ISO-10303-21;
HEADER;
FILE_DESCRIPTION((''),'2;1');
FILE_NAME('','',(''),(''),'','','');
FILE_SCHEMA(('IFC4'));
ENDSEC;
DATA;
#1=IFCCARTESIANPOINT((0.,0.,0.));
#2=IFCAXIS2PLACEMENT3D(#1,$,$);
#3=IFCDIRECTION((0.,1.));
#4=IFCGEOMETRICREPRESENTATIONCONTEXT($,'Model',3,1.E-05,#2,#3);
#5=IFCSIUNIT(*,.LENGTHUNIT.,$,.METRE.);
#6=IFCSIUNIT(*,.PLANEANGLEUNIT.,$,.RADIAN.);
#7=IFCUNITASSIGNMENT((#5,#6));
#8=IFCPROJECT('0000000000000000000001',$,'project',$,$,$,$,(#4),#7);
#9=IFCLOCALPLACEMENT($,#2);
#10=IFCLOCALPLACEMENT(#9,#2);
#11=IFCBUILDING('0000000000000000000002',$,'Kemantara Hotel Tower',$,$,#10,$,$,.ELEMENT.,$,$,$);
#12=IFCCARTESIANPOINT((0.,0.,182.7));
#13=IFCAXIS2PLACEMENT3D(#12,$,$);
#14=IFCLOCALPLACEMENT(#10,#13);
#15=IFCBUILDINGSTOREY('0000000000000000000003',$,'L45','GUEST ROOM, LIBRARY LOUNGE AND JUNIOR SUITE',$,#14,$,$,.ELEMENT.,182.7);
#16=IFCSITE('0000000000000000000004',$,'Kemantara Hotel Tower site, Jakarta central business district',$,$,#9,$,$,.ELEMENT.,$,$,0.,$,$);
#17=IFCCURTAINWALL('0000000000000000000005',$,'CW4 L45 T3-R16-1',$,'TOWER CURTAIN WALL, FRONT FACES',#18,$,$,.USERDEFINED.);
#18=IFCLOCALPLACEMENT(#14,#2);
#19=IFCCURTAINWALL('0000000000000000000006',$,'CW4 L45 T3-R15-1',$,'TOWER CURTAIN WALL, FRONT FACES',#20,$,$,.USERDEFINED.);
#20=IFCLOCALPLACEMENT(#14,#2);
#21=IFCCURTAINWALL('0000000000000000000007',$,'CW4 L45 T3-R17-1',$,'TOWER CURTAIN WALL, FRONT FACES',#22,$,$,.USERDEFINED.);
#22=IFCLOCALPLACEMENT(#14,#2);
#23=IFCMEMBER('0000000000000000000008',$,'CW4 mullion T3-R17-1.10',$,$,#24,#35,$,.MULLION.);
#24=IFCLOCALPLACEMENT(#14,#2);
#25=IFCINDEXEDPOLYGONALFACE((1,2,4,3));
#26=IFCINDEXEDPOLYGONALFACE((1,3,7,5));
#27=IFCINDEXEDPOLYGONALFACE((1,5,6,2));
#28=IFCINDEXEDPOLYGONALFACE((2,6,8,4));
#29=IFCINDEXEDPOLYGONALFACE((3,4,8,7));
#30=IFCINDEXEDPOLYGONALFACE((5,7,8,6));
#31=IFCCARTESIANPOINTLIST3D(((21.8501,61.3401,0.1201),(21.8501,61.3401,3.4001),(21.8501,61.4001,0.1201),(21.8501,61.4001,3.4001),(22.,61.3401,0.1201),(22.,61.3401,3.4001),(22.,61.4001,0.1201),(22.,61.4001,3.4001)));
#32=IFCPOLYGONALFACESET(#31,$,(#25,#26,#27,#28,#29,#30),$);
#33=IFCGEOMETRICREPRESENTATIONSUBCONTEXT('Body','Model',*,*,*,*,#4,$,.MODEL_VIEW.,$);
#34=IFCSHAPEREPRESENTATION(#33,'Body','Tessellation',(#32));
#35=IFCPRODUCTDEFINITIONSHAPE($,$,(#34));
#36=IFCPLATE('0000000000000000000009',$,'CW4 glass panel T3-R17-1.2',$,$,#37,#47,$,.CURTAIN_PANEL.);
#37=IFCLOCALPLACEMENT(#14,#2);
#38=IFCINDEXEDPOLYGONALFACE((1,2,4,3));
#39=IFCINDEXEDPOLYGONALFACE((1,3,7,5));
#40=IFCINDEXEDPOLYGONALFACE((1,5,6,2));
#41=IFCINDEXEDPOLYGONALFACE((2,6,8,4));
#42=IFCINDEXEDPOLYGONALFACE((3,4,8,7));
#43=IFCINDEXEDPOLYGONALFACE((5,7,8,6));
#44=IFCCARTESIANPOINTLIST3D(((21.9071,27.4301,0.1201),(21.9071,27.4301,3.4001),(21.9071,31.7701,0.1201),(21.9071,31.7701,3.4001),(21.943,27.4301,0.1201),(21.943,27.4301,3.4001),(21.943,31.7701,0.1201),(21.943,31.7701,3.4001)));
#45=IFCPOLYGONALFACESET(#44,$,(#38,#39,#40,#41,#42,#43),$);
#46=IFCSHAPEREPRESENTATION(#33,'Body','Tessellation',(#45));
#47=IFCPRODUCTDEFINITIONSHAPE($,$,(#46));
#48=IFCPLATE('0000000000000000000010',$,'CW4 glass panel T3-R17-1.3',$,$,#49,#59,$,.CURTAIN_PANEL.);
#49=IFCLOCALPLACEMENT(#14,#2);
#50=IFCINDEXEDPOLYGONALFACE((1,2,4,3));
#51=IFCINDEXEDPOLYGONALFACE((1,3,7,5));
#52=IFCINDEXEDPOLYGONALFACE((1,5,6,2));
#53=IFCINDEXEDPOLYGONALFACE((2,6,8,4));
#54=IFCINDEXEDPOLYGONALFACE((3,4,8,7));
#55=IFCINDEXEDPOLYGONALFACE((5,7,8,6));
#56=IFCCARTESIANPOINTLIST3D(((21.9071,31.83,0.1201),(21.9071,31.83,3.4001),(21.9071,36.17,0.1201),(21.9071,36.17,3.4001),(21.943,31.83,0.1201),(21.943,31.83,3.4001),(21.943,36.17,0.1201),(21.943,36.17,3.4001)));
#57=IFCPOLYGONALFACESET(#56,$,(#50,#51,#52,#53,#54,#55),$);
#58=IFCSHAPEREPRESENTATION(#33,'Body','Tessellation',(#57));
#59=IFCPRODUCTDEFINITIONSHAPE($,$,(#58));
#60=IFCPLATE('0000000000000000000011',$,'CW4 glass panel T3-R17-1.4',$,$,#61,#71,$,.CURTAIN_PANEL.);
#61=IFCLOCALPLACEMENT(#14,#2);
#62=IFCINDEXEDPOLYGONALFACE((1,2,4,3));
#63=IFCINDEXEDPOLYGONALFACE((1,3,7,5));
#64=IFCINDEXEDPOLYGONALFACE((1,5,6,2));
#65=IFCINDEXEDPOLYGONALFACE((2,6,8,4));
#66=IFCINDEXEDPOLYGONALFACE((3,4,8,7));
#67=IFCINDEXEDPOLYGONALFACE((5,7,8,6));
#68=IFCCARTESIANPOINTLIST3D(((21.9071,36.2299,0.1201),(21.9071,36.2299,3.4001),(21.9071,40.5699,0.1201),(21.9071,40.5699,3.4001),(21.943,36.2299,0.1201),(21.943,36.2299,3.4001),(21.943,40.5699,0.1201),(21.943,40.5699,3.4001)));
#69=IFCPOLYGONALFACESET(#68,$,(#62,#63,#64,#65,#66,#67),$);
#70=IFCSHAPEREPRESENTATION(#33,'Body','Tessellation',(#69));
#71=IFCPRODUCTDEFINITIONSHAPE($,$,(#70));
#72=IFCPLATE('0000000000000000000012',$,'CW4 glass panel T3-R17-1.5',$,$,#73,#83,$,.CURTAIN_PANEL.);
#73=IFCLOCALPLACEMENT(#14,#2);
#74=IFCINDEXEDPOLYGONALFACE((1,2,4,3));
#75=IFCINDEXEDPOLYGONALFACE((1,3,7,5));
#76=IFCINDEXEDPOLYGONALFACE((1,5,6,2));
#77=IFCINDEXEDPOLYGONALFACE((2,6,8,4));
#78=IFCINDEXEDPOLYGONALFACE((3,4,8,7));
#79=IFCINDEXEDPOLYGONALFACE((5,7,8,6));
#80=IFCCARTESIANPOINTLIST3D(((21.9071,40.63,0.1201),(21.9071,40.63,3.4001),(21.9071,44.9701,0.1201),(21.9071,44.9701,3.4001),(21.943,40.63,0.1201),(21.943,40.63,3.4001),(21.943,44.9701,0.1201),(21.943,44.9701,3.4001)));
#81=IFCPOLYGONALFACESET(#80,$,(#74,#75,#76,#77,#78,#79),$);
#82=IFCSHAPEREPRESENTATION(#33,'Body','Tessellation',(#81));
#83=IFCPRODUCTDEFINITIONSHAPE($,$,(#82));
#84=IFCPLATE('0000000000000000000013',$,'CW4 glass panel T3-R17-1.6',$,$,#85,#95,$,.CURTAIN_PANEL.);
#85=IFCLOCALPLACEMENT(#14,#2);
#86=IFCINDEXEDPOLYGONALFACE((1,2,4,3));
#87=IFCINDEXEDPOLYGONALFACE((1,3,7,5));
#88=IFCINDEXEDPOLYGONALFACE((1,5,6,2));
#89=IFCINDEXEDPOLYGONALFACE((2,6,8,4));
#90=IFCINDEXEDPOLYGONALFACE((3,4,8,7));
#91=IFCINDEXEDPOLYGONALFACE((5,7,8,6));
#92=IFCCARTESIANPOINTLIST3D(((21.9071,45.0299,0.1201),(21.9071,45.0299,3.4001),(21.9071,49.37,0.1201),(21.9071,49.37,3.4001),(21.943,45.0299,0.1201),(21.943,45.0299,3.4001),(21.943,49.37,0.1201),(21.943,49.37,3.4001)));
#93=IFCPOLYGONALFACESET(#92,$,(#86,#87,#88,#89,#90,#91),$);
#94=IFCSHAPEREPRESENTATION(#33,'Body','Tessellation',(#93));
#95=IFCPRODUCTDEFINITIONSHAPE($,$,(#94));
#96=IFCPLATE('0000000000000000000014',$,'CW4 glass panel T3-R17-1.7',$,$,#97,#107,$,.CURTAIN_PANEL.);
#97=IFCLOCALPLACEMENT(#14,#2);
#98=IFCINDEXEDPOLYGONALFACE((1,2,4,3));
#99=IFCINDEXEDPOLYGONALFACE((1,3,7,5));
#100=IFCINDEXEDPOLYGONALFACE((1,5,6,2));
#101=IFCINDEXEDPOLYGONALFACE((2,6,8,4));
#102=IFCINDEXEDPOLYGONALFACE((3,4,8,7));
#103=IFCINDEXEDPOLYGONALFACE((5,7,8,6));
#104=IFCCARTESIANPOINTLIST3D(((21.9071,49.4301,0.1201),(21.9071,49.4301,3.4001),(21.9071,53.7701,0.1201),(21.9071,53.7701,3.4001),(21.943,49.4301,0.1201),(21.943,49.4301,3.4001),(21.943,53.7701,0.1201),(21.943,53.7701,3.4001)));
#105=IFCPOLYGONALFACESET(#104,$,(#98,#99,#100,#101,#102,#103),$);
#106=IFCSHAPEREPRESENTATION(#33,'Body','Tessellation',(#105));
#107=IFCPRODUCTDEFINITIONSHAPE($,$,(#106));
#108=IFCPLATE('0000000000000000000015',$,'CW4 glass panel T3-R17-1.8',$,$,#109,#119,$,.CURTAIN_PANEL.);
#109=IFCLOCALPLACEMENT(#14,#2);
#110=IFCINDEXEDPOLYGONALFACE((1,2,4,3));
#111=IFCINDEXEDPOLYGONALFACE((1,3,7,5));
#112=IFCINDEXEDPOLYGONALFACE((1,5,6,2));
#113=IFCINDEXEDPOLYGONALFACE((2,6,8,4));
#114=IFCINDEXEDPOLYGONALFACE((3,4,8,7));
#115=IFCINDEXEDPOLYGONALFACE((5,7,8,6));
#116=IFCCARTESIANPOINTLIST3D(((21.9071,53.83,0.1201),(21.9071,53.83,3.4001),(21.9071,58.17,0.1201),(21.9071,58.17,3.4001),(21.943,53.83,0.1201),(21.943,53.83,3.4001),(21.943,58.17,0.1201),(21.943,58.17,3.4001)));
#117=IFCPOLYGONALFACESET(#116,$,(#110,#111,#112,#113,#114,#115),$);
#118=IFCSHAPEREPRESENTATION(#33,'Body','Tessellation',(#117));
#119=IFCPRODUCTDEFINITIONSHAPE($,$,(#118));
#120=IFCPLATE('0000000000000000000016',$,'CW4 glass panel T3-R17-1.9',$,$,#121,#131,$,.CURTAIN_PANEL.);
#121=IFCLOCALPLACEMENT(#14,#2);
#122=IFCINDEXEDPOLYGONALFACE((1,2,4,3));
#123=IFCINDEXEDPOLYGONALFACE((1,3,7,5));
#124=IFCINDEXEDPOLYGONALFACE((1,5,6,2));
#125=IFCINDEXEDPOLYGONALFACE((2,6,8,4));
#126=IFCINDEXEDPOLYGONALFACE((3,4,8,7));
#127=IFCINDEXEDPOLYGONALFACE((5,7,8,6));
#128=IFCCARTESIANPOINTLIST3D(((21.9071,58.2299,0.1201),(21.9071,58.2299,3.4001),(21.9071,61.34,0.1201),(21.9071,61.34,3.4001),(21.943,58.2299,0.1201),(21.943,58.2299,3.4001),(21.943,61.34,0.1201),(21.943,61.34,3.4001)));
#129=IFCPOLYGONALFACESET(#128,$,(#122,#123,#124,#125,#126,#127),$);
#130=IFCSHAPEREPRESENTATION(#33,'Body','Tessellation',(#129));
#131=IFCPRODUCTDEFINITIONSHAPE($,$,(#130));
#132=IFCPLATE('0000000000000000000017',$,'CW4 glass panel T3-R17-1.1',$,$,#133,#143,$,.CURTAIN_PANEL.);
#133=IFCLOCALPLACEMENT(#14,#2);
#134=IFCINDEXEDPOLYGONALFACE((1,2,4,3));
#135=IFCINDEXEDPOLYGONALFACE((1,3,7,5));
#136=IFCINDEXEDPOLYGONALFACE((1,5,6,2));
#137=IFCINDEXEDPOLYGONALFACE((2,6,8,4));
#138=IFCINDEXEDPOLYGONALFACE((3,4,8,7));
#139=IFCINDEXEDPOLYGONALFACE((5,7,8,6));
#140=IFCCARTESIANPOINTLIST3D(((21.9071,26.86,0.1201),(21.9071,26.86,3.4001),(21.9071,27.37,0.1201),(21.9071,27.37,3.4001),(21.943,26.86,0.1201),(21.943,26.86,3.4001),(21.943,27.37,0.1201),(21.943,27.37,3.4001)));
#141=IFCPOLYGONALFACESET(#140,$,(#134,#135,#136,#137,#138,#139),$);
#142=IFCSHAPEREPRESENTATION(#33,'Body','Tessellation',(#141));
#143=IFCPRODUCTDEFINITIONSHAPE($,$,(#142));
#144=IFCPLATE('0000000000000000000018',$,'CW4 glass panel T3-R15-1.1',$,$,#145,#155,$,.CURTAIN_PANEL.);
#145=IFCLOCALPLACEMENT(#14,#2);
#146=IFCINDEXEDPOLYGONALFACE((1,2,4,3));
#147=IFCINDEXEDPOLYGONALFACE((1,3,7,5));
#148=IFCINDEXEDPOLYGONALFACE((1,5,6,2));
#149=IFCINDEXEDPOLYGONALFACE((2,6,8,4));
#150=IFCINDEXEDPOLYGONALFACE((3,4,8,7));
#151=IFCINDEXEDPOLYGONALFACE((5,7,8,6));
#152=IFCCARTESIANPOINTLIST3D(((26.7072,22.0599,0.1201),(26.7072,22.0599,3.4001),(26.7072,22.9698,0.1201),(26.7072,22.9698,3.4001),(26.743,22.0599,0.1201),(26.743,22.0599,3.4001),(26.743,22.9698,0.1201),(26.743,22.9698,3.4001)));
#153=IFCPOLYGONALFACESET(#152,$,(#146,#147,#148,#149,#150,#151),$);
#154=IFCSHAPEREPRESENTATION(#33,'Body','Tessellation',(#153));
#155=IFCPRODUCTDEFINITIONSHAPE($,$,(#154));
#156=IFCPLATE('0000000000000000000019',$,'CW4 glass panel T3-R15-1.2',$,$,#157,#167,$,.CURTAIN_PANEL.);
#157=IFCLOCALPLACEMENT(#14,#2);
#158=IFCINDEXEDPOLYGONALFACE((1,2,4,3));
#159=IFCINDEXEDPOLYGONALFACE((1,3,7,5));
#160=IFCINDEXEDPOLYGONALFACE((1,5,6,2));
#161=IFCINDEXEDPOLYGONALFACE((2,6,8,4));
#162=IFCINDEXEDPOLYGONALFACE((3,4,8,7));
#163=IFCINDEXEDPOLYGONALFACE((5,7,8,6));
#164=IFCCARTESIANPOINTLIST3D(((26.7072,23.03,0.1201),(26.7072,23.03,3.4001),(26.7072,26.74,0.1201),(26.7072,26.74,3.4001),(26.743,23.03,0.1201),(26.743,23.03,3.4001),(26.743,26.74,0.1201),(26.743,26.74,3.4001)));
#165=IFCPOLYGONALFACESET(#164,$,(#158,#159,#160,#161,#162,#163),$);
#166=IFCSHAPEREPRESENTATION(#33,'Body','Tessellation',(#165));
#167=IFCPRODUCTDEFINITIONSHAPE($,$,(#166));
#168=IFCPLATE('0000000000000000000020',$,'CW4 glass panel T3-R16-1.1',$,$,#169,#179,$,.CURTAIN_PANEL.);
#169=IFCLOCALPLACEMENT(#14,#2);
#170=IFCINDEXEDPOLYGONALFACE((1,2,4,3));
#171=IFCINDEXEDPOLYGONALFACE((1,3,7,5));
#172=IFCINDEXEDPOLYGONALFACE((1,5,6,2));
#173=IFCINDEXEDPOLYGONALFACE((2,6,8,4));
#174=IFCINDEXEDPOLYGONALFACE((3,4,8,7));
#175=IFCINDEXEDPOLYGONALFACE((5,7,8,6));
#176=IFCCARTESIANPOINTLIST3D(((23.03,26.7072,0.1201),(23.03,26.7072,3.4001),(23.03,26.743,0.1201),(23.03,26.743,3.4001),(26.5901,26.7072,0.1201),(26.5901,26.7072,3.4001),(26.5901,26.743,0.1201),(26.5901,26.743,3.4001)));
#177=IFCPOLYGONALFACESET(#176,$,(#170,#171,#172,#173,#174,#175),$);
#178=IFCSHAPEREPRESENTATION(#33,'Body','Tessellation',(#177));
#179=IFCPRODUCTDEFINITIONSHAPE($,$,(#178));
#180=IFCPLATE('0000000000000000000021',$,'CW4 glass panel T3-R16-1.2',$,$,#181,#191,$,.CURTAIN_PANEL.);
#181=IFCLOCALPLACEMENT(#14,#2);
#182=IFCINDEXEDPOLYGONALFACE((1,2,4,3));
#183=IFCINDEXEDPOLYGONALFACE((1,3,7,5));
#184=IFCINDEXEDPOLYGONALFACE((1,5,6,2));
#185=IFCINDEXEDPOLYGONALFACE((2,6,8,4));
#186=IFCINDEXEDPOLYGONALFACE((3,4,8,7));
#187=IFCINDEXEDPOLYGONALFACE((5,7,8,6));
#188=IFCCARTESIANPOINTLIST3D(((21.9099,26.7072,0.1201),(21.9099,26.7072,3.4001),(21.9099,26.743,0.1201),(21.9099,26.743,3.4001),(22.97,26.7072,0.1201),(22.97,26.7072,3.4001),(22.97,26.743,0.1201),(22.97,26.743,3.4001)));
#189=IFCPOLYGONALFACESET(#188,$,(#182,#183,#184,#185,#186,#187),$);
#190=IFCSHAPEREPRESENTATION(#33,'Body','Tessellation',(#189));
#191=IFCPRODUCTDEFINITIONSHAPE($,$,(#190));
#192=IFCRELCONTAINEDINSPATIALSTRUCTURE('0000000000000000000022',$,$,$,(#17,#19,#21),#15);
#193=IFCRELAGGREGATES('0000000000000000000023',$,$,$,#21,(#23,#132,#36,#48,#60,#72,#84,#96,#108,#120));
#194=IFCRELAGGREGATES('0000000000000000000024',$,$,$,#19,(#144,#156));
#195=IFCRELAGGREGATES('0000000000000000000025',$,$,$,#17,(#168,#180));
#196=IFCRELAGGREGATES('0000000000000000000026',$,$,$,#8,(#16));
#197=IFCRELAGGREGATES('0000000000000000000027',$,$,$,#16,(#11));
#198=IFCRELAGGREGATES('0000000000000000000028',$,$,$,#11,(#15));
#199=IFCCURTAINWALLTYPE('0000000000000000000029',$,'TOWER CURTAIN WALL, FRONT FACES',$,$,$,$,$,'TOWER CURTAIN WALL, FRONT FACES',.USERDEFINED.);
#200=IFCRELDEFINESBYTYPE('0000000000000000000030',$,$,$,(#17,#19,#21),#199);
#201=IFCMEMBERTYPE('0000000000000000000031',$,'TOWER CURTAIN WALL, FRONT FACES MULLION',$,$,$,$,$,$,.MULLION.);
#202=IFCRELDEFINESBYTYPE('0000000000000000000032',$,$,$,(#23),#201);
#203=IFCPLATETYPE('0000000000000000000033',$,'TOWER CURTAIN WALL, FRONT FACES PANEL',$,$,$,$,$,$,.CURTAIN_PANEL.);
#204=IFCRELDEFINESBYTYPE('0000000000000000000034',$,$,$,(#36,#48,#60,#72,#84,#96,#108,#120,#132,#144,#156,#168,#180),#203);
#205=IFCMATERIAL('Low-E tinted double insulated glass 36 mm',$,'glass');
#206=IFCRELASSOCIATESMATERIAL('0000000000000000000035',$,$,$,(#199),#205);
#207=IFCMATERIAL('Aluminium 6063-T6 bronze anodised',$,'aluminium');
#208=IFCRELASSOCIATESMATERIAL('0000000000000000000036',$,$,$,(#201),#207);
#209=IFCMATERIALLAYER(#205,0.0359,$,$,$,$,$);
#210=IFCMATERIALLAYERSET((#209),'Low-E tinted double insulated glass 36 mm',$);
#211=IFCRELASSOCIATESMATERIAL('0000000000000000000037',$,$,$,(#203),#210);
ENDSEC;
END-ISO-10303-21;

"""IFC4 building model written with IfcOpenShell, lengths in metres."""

from ifc_helpers import new_model, si_unit, direction, frame, origin, origin_2d, place, context, subcontext, project, spatial, rectangle, extrude, source, transform, mapped, material, layer, layer_set, material_profile, profile_set, type_object, element, aggregate, save


model = new_model("IFC4")

# Units and contexts
model_context = context("Model", 3, precision=1e-05, world=origin(), true_north=direction((0.0, 1.0)))
body_context = subcontext(model_context, "Body", "Model", "MODEL_VIEW")
ifc_project = project(units=[si_unit("LENGTHUNIT", "METRE"), si_unit("PLANEANGLEUNIT", "RADIAN")], contexts=[model_context])

# Site, building, storey
site_placement = place(None, origin())
site = spatial("IfcSite", under=ifc_project, at=site_placement, Name="Kemantara Hotel Tower site, Jakarta central business district", CompositionType="ELEMENT", RefElevation=0.0)
building_placement = place(site_placement, origin())
building = spatial("IfcBuilding", under=site, at=building_placement, Name="Kemantara Hotel Tower", CompositionType="ELEMENT")
storey_placement = place(building_placement, frame((0.0, 0.0, 182.7)))
storey = spatial("IfcBuildingStorey", under=building, at=storey_placement, Name="L45", Description="GUEST ROOM, LIBRARY LOUNGE AND JUNIOR SUITE", CompositionType="ELEMENT", Elevation=182.7)

# Curtain wall
ifc_material_1 = material(Name="Low-E tinted double insulated glass 36 mm", Category="glass")
curtain_wall_type = type_object("IfcCurtainWallType", Name="TOWER CURTAIN WALL, FRONT FACES", ElementType="TOWER CURTAIN WALL, FRONT FACES", PredefinedType="USERDEFINED", material=ifc_material_1)
curtain_wall_1_placement = place(storey_placement, origin())
curtain_wall_1 = element("IfcCurtainWall", 1, at=curtain_wall_1_placement, inside=storey, type_object=curtain_wall_type, Name="CW4 L45 T3-R16-1", ObjectType="TOWER CURTAIN WALL, FRONT FACES", PredefinedType="USERDEFINED")
ifc_material_2 = material(Name="Aluminium 6063-T6 bronze anodised", Category="aluminium")

# Curtain wall
curtain_wall_2_placement = place(storey_placement, origin())
curtain_wall_2 = element("IfcCurtainWall", 2, at=curtain_wall_2_placement, inside=storey, type_object=curtain_wall_type, Name="CW4 L45 T3-R15-1", ObjectType="TOWER CURTAIN WALL, FRONT FACES", PredefinedType="USERDEFINED")
ifc_material_profile_1 = material_profile(ifc_material_2, rectangle(XDim=0.1499, YDim=0.0601, at=origin_2d()), Name="TOWER CURTAIN WALL, FRONT FACES MULLION")
ifc_profile_set_1 = profile_set([ifc_material_profile_1], Name="Aluminium 6063-T6 bronze anodised")
member_type_1 = type_object("IfcMemberType", Name="TOWER CURTAIN WALL, FRONT FACES MULLION", PredefinedType="MULLION", material=ifc_profile_set_1)
shared_shape_1 = source(origin(), body_context, "Body", "SweptSolid", [
    extrude(rectangle(XDim=0.1499, YDim=0.0601, at=origin_2d()), origin(), (0.0, 0.0, 1.0), 3.28),
])

# Curtain wall, member, plates
curtain_wall_3_placement = place(storey_placement, origin())
curtain_wall_3 = element("IfcCurtainWall", 3, at=curtain_wall_3_placement, inside=storey, type_object=curtain_wall_type, Name="CW4 L45 T3-R17-1", ObjectType="TOWER CURTAIN WALL, FRONT FACES", PredefinedType="USERDEFINED")
member_1_placement = place(storey_placement, frame((21.925, 61.3701, 0.1201), z_axis=(0.0, 0.0, 1.0), x_axis=(-1.0, 0.0, 0.0)))
member_1 = element("IfcMember", 4, at=member_1_placement, type_object=member_type_1, Name="CW4 mullion T3-R17-1.10", PredefinedType="MULLION", context=body_context, shape_type="MappedRepresentation", body=[
    mapped(shared_shape_1, transform((0.0, 0.0, 0.0))),
])
ifc_layer_1 = layer(ifc_material_1, 0.0359)
ifc_layer_set_1 = layer_set([ifc_layer_1], Name="Low-E tinted double insulated glass 36 mm")
plate_type = type_object("IfcPlateType", Name="TOWER CURTAIN WALL, FRONT FACES PANEL", PredefinedType="CURTAIN_PANEL", material=ifc_layer_set_1)
shared_shape_2 = source(origin(), body_context, "Body", "SweptSolid", [
    extrude(rectangle(XDim=4.3401, YDim=0.0359, at=origin_2d()), origin(), (0.0, 0.0, 1.0), 3.28),
])
plate_1_placement = place(storey_placement, frame((21.925, 29.6001, 0.1201), z_axis=(0.0, 0.0, 1.0), x_axis=(0.0, 1.0, 0.0)))
plate_1 = element("IfcPlate", 5, at=plate_1_placement, type_object=plate_type, Name="CW4 glass panel T3-R17-1.2", PredefinedType="CURTAIN_PANEL", context=body_context, shape_type="MappedRepresentation", body=[
    mapped(shared_shape_2, transform((0.0, 0.0, 0.0))),
])
plate_2_placement = place(storey_placement, frame((21.925, 34.0, 0.1201), z_axis=(0.0, 0.0, 1.0), x_axis=(0.0, 1.0, 0.0)))
plate_2 = element("IfcPlate", 6, at=plate_2_placement, type_object=plate_type, Name="CW4 glass panel T3-R17-1.3", PredefinedType="CURTAIN_PANEL", context=body_context, shape_type="MappedRepresentation", body=[
    mapped(shared_shape_2, transform((0.0, 0.0, 0.0))),
])
plate_3_placement = place(storey_placement, frame((21.925, 38.3999, 0.1201), z_axis=(0.0, 0.0, 1.0), x_axis=(0.0, 1.0, 0.0)))
plate_3 = element("IfcPlate", 7, at=plate_3_placement, type_object=plate_type, Name="CW4 glass panel T3-R17-1.4", PredefinedType="CURTAIN_PANEL", context=body_context, shape_type="MappedRepresentation", body=[
    mapped(shared_shape_2, transform((0.0, 0.0, 0.0))),
])
plate_4_placement = place(storey_placement, frame((21.925, 42.8, 0.1201), z_axis=(0.0, 0.0, 1.0), x_axis=(0.0, 1.0, 0.0)))
plate_4 = element("IfcPlate", 8, at=plate_4_placement, type_object=plate_type, Name="CW4 glass panel T3-R17-1.5", PredefinedType="CURTAIN_PANEL", context=body_context, shape_type="MappedRepresentation", body=[
    mapped(shared_shape_2, transform((0.0, 0.0, 0.0))),
])
plate_5_placement = place(storey_placement, frame((21.925, 47.2, 0.1201), z_axis=(0.0, 0.0, 1.0), x_axis=(0.0, 1.0, 0.0)))
plate_5 = element("IfcPlate", 9, at=plate_5_placement, type_object=plate_type, Name="CW4 glass panel T3-R17-1.6", PredefinedType="CURTAIN_PANEL", context=body_context, shape_type="MappedRepresentation", body=[
    mapped(shared_shape_2, transform((0.0, 0.0, 0.0))),
])
plate_6_placement = place(storey_placement, frame((21.925, 51.6001, 0.1201), z_axis=(0.0, 0.0, 1.0), x_axis=(0.0, 1.0, 0.0)))
plate_6 = element("IfcPlate", 10, at=plate_6_placement, type_object=plate_type, Name="CW4 glass panel T3-R17-1.7", PredefinedType="CURTAIN_PANEL", context=body_context, shape_type="MappedRepresentation", body=[
    mapped(shared_shape_2, transform((0.0, 0.0, 0.0))),
])
plate_7_placement = place(storey_placement, frame((21.925, 56.0, 0.1201), z_axis=(0.0, 0.0, 1.0), x_axis=(0.0, 1.0, 0.0)))
plate_7 = element("IfcPlate", 11, at=plate_7_placement, type_object=plate_type, Name="CW4 glass panel T3-R17-1.8", PredefinedType="CURTAIN_PANEL", context=body_context, shape_type="MappedRepresentation", body=[
    mapped(shared_shape_2, transform((0.0, 0.0, 0.0))),
])
shared_shape_3 = source(origin(), body_context, "Body", "SweptSolid", [
    extrude(rectangle(XDim=3.1101, YDim=0.0359, at=origin_2d()), origin(), (0.0, 0.0, 1.0), 3.28),
])
plate_8_placement = place(storey_placement, frame((21.925, 59.7849, 0.1201), z_axis=(0.0, 0.0, 1.0), x_axis=(0.0, 1.0, 0.0)))
plate_8 = element("IfcPlate", 12, at=plate_8_placement, type_object=plate_type, Name="CW4 glass panel T3-R17-1.9", PredefinedType="CURTAIN_PANEL", context=body_context, shape_type="MappedRepresentation", body=[
    mapped(shared_shape_3, transform((0.0, 0.0, 0.0))),
])
shared_shape_4 = source(origin(), body_context, "Body", "SweptSolid", [
    extrude(rectangle(XDim=0.51, YDim=0.0359, at=origin_2d()), origin(), (0.0, 0.0, 1.0), 3.28),
])
plate_9_placement = place(storey_placement, frame((21.925, 27.115, 0.1201), z_axis=(0.0, 0.0, 1.0), x_axis=(0.0, 1.0, 0.0)))
plate_9 = element("IfcPlate", 13, at=plate_9_placement, type_object=plate_type, Name="CW4 glass panel T3-R17-1.1", PredefinedType="CURTAIN_PANEL", context=body_context, shape_type="MappedRepresentation", body=[
    mapped(shared_shape_4, transform((0.0, 0.0, 0.0))),
])
aggregate(curtain_wall_3, [member_1, plate_9, plate_1, plate_2, plate_3, plate_4, plate_5, plate_6, plate_7, plate_8])

# Plates
shared_shape_5 = source(origin(), body_context, "Body", "SweptSolid", [
    extrude(rectangle(XDim=0.9099, YDim=0.0359, at=origin_2d()), origin(), (0.0, 0.0, 1.0), 3.28),
])
plate_10_placement = place(storey_placement, frame((26.7251, 22.5149, 0.1201), z_axis=(0.0, 0.0, 1.0), x_axis=(0.0, 1.0, 0.0)))
plate_10 = element("IfcPlate", 14, at=plate_10_placement, type_object=plate_type, Name="CW4 glass panel T3-R15-1.1", PredefinedType="CURTAIN_PANEL", context=body_context, shape_type="MappedRepresentation", body=[
    mapped(shared_shape_5, transform((0.0, 0.0, 0.0))),
])
shared_shape_6 = source(origin(), body_context, "Body", "SweptSolid", [
    extrude(rectangle(XDim=3.71, YDim=0.0359, at=origin_2d()), origin(), (0.0, 0.0, 1.0), 3.28),
])
plate_11_placement = place(storey_placement, frame((26.7251, 24.885, 0.1201), z_axis=(0.0, 0.0, 1.0), x_axis=(0.0, 1.0, 0.0)))
plate_11 = element("IfcPlate", 15, at=plate_11_placement, type_object=plate_type, Name="CW4 glass panel T3-R15-1.2", PredefinedType="CURTAIN_PANEL", context=body_context, shape_type="MappedRepresentation", body=[
    mapped(shared_shape_6, transform((0.0, 0.0, 0.0))),
])
aggregate(curtain_wall_2, [plate_10, plate_11])
shared_shape_7 = source(origin(), body_context, "Body", "SweptSolid", [
    extrude(rectangle(XDim=3.5601, YDim=0.0359, at=origin_2d()), origin(), (0.0, 0.0, 1.0), 3.28),
])
plate_12_placement = place(storey_placement, frame((24.8101, 26.7251, 0.1201), z_axis=(0.0, 0.0, 1.0), x_axis=(-1.0, 0.0, 0.0)))
plate_12 = element("IfcPlate", 16, at=plate_12_placement, type_object=plate_type, Name="CW4 glass panel T3-R16-1.1", PredefinedType="CURTAIN_PANEL", context=body_context, shape_type="MappedRepresentation", body=[
    mapped(shared_shape_7, transform((0.0, 0.0, 0.0))),
])
shared_shape_8 = source(origin(), body_context, "Body", "SweptSolid", [
    extrude(rectangle(XDim=1.0601, YDim=0.0359, at=origin_2d()), origin(), (0.0, 0.0, 1.0), 3.28),
])
plate_13_placement = place(storey_placement, frame((22.4399, 26.7251, 0.1201), z_axis=(0.0, 0.0, 1.0), x_axis=(-1.0, 0.0, 0.0)))
plate_13 = element("IfcPlate", 17, at=plate_13_placement, type_object=plate_type, Name="CW4 glass panel T3-R16-1.2", PredefinedType="CURTAIN_PANEL", context=body_context, shape_type="MappedRepresentation", body=[
    mapped(shared_shape_8, transform((0.0, 0.0, 0.0))),
])
aggregate(curtain_wall_1, [plate_12, plate_13])

save(model, "model.ifc")
